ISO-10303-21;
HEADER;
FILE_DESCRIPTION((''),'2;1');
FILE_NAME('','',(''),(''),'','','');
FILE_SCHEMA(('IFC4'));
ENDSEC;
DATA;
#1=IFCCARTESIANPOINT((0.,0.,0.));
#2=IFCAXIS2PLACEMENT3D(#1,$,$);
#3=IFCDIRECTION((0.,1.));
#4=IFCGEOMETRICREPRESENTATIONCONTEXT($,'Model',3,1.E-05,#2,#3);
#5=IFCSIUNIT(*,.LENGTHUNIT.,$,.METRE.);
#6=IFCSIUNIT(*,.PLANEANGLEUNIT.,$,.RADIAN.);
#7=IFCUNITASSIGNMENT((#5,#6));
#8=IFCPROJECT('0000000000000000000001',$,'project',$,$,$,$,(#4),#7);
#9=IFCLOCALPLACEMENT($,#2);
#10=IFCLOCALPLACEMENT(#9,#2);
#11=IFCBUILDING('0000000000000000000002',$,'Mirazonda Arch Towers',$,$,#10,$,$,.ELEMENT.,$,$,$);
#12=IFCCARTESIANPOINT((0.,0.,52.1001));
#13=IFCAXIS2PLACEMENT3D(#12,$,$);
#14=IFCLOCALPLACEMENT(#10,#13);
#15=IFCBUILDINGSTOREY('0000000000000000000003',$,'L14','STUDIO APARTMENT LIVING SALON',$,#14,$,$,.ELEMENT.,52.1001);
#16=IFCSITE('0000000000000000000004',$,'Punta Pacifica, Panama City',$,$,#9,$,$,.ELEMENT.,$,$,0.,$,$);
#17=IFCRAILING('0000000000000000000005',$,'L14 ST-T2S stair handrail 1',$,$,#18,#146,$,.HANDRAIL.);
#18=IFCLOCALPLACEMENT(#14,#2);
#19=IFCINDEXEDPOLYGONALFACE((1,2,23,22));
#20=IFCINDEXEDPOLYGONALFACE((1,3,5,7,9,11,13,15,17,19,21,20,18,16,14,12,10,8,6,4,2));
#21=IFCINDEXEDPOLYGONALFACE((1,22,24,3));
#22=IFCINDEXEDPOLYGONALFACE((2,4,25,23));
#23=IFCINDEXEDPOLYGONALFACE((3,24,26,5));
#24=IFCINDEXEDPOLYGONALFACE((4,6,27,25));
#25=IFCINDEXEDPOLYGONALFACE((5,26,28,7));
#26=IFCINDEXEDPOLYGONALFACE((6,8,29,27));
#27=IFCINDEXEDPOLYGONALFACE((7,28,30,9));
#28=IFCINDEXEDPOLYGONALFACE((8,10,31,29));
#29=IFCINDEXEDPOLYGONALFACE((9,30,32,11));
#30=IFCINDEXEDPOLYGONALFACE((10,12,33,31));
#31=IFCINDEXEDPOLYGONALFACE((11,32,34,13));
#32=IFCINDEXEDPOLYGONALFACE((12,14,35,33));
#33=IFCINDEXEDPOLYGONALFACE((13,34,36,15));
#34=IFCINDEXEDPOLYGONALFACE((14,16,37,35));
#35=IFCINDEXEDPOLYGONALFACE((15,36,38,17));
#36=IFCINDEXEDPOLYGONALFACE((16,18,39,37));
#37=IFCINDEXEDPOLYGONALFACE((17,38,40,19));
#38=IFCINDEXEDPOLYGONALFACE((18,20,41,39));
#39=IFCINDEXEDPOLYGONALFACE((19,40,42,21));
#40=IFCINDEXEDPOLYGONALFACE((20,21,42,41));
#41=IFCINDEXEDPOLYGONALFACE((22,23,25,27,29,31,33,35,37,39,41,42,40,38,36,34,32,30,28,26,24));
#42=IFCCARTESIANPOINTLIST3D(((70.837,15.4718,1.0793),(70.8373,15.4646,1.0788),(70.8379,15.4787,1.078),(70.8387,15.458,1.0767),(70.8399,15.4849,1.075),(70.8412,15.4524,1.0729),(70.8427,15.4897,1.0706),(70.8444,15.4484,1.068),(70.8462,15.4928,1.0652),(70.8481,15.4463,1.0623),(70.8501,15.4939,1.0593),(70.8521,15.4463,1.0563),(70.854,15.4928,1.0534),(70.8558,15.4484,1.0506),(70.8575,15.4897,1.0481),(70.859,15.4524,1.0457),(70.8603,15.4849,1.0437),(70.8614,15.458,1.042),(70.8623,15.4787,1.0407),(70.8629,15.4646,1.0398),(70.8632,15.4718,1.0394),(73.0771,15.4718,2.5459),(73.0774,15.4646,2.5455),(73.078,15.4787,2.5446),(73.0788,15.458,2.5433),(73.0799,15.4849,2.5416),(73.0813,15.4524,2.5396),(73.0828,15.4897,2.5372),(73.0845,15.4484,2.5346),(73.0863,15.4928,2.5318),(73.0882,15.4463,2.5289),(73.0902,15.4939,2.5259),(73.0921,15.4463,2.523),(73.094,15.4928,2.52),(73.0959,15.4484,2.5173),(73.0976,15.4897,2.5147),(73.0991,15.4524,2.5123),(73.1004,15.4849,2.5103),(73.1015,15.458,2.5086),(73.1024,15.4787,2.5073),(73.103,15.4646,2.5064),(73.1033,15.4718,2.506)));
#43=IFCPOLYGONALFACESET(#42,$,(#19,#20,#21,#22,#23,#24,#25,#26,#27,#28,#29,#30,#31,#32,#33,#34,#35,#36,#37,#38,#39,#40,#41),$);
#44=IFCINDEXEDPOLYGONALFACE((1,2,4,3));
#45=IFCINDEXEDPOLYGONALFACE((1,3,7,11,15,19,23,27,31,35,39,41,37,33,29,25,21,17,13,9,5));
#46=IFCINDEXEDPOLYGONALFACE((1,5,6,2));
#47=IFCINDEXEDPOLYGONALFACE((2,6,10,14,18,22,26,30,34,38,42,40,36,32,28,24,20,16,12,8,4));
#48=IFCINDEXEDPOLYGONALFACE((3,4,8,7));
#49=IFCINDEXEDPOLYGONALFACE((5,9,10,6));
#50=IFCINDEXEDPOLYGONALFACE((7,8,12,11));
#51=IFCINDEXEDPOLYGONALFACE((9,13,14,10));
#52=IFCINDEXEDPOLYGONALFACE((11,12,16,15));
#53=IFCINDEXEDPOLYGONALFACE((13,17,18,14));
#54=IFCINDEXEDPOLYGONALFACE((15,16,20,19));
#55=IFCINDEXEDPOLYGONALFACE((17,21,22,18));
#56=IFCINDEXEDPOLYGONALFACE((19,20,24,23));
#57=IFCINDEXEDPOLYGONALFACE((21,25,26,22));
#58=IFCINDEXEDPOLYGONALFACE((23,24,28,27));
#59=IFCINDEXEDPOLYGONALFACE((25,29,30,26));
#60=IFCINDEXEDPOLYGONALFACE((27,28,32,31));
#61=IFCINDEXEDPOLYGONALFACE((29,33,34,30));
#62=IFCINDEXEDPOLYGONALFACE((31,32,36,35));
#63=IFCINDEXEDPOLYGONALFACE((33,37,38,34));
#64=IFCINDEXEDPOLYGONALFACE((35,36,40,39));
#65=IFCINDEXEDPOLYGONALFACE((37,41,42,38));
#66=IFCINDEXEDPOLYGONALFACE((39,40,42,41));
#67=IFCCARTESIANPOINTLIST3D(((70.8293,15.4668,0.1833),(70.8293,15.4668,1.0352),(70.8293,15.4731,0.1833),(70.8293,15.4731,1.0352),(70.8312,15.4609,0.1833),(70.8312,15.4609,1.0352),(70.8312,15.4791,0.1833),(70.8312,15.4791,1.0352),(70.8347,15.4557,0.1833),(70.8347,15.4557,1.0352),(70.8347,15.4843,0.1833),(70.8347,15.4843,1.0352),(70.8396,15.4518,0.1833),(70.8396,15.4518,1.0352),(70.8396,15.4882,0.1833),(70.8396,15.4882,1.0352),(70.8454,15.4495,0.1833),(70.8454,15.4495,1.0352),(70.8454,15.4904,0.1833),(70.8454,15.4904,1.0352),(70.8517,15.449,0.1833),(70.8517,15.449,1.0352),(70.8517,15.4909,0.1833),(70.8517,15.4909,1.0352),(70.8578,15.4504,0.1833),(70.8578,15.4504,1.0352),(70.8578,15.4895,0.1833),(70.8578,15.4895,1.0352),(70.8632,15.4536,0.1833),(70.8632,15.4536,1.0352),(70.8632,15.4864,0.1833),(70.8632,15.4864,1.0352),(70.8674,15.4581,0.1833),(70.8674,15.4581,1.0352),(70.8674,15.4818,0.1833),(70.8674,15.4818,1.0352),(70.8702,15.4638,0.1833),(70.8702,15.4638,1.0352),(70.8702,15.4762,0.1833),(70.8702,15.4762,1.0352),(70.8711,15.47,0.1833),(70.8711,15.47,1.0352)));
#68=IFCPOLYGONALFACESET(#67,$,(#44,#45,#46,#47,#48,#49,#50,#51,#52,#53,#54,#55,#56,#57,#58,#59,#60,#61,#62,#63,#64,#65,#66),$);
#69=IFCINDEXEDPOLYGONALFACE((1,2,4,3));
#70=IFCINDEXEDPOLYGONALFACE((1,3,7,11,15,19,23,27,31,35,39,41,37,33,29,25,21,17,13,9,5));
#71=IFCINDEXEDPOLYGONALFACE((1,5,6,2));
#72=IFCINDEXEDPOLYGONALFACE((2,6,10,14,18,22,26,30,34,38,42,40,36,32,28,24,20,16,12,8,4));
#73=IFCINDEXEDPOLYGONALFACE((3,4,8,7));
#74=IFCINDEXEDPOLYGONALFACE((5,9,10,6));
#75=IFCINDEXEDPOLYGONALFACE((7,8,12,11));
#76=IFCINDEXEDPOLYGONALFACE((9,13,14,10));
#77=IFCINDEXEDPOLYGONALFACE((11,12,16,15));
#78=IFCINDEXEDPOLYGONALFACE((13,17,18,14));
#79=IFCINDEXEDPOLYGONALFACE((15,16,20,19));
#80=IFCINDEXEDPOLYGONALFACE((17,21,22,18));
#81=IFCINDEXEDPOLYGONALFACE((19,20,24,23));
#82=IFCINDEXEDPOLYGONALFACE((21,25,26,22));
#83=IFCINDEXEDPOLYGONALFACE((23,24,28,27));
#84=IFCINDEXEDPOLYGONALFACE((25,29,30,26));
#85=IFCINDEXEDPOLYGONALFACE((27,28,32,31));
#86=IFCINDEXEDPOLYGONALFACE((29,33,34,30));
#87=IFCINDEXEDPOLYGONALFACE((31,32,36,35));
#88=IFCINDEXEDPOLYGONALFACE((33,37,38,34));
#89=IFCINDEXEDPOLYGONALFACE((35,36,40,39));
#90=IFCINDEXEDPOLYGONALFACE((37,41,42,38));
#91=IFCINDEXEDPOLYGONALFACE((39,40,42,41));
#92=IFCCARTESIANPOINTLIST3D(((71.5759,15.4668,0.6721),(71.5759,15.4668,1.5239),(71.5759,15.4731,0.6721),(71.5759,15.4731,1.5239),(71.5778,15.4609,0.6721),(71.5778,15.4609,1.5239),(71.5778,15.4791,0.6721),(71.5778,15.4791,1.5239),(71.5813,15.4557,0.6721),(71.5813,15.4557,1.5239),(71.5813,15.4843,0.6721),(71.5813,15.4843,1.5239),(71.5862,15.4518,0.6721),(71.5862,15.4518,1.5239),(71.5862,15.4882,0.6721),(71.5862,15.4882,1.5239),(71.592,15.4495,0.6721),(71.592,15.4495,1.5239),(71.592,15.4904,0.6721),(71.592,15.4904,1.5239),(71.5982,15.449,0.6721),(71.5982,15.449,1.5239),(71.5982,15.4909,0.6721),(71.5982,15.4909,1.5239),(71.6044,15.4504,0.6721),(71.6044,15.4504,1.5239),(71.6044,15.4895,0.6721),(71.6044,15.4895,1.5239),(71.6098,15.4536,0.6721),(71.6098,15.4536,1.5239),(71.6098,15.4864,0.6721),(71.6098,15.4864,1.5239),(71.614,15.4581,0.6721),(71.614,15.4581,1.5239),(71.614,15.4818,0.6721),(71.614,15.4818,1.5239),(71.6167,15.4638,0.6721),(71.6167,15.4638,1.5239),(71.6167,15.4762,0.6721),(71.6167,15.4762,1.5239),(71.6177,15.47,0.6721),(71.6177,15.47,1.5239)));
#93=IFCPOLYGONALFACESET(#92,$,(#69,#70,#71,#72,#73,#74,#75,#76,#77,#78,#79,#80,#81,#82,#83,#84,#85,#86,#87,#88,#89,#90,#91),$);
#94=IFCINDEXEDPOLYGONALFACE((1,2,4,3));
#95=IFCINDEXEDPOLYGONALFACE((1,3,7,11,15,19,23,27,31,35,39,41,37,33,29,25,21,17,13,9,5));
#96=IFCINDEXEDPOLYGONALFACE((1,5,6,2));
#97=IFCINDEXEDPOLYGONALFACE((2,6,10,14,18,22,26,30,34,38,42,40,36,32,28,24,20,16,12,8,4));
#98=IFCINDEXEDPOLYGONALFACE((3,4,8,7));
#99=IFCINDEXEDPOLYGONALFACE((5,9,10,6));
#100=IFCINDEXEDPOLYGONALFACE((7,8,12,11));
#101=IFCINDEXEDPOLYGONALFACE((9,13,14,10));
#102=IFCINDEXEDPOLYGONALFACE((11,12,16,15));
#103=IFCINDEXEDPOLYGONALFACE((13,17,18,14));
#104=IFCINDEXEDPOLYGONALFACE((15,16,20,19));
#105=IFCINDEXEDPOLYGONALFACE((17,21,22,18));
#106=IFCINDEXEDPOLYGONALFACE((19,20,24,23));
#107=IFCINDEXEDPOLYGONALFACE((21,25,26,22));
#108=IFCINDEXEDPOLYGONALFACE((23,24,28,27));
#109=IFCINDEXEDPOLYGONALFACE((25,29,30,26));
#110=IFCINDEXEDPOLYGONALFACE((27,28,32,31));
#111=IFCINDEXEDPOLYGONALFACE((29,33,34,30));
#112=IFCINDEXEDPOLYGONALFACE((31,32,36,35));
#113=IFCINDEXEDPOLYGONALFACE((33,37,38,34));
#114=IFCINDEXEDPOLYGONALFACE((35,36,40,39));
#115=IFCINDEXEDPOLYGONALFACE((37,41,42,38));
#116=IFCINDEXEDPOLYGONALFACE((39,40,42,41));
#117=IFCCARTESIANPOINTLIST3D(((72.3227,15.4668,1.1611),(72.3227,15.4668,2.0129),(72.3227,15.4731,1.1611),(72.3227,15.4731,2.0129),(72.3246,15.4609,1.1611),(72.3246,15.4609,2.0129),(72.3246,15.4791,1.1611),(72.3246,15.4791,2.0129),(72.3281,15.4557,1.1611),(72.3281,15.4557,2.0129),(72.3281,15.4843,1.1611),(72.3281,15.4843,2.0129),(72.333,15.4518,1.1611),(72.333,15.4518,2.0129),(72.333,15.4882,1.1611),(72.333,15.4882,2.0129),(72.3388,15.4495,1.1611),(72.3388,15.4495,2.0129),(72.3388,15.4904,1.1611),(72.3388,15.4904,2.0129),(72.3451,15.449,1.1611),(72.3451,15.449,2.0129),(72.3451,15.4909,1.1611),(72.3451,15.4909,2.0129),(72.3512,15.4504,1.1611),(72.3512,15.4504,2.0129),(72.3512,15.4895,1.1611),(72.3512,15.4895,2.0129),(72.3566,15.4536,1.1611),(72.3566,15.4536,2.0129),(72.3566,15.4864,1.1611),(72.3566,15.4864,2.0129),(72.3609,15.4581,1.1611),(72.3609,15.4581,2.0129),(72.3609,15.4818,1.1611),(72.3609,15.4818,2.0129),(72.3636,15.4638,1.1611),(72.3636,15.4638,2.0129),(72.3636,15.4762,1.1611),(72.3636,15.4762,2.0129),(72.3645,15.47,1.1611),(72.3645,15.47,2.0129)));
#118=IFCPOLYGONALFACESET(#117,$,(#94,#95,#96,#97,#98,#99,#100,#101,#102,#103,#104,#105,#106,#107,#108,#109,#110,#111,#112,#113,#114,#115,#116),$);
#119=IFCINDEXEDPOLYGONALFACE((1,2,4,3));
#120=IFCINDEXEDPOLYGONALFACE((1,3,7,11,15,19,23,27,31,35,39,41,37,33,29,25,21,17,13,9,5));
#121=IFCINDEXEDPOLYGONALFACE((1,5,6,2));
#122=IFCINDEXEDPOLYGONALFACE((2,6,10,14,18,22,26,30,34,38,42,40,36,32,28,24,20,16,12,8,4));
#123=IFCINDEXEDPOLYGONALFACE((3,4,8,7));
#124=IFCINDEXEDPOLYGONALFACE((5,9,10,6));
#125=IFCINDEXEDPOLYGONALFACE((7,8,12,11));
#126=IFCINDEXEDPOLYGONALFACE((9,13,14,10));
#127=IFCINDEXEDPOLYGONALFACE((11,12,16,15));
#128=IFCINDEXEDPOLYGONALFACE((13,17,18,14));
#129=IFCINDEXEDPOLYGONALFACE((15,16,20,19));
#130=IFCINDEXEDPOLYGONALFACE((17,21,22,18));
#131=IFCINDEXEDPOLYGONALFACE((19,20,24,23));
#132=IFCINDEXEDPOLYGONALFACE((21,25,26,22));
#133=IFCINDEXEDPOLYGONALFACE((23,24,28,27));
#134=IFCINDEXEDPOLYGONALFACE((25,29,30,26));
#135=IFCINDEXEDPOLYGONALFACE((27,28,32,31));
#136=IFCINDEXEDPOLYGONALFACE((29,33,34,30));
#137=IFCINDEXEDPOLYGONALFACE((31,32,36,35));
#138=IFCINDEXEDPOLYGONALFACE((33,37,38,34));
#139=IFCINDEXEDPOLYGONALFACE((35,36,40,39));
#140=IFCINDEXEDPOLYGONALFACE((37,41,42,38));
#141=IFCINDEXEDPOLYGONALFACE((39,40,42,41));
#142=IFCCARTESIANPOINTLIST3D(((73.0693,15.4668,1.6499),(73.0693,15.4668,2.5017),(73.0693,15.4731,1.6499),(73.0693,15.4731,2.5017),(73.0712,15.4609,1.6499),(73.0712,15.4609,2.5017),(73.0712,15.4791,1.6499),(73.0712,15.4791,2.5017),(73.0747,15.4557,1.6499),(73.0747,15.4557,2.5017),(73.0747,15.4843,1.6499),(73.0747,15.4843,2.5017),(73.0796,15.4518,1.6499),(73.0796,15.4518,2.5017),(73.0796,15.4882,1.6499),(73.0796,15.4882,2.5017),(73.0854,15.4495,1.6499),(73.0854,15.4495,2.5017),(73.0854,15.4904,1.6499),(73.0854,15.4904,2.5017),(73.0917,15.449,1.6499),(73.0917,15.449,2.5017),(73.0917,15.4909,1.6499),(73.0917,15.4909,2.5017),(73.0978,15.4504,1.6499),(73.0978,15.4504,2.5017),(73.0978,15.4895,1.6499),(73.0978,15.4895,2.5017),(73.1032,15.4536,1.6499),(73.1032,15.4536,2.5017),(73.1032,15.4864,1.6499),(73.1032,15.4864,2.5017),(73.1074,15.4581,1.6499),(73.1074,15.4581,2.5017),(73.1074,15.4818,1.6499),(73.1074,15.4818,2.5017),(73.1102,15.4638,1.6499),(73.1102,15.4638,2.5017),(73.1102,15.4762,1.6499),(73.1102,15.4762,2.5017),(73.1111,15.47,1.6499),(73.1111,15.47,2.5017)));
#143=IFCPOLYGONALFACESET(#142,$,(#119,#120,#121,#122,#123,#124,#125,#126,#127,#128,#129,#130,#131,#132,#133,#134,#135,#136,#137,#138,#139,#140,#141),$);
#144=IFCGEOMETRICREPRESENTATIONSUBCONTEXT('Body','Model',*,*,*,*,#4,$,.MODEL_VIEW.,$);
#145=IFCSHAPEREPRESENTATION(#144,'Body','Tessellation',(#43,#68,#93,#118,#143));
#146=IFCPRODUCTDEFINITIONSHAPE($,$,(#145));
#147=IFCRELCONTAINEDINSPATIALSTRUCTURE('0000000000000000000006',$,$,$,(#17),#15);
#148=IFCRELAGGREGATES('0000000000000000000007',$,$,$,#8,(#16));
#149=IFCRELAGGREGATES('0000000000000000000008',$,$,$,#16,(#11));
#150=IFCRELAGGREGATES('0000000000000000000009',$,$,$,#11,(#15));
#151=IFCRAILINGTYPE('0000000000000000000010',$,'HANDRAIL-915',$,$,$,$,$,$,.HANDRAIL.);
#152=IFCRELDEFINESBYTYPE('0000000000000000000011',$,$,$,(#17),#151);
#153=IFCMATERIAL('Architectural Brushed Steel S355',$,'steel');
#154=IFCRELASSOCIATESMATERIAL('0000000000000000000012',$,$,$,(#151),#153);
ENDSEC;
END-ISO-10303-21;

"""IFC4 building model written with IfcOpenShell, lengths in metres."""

from ifc_helpers import new_model, si_unit, direction, frame, origin, origin_2d, place, context, subcontext, project, spatial, circle, extrude, material, type_object, element, save


model = new_model("IFC4")

# Units and contexts
model_context = context("Model", 3, precision=1e-05, world=origin(), true_north=direction((0.0, 1.0)))
body_context = subcontext(model_context, "Body", "Model", "MODEL_VIEW")
ifc_project = project(units=[si_unit("LENGTHUNIT", "METRE"), si_unit("PLANEANGLEUNIT", "RADIAN")], contexts=[model_context])

# Site, building, storey
site_placement = place(None, origin())
site = spatial("IfcSite", under=ifc_project, at=site_placement, Name="Punta Pacifica, Panama City", CompositionType="ELEMENT", RefElevation=0.0)
building_placement = place(site_placement, origin())
building = spatial("IfcBuilding", under=site, at=building_placement, Name="Mirazonda Arch Towers", CompositionType="ELEMENT")
storey_placement = place(building_placement, frame((0.0, 0.0, 52.1001)))
storey = spatial("IfcBuildingStorey", under=building, at=storey_placement, Name="L14", Description="STUDIO APARTMENT LIVING SALON", CompositionType="ELEMENT", Elevation=52.1001)

# Shared definitions
ifc_material_1 = material(Name="Architectural Brushed Steel S355", Category="steel")

# Railing
railing_type_1 = type_object("IfcRailingType", Name="HANDRAIL-915", PredefinedType="HANDRAIL", material=ifc_material_1)
railing_1_placement = place(storey_placement, frame((70.8501, 15.47, 0.1833)))
element("IfcRailing", 1, at=railing_1_placement, inside=storey, type_object=railing_type_1, Name="L14 ST-T2S stair handrail 1", PredefinedType="HANDRAIL", context=body_context, shape_type="SweptSolid", body=[
    extrude(circle(Radius=0.0239, at=origin_2d()), frame((0.0, 0.0, 0.876), z_axis=(0.836637, 0.0, 0.547758), x_axis=(0.0, 1.0, 0.0)), (0.0, 0.0, 1.0), 2.6775),
    extrude(circle(Radius=0.021, at=origin_2d()), origin(), (0.0, 0.0, 1.0), 0.8518),
    extrude(circle(Radius=0.021, at=origin_2d()), frame((0.7466, 0.0, 0.4888)), (0.0, 0.0, 1.0), 0.8518),
    extrude(circle(Radius=0.021, at=origin_2d()), frame((1.4934, 0.0, 0.9778)), (0.0, 0.0, 1.0), 0.8518),
    extrude(circle(Radius=0.021, at=origin_2d()), frame((2.24, 0.0, 1.4666)), (0.0, 0.0, 1.0), 0.8518),
])

save(model, "model.ifc")
